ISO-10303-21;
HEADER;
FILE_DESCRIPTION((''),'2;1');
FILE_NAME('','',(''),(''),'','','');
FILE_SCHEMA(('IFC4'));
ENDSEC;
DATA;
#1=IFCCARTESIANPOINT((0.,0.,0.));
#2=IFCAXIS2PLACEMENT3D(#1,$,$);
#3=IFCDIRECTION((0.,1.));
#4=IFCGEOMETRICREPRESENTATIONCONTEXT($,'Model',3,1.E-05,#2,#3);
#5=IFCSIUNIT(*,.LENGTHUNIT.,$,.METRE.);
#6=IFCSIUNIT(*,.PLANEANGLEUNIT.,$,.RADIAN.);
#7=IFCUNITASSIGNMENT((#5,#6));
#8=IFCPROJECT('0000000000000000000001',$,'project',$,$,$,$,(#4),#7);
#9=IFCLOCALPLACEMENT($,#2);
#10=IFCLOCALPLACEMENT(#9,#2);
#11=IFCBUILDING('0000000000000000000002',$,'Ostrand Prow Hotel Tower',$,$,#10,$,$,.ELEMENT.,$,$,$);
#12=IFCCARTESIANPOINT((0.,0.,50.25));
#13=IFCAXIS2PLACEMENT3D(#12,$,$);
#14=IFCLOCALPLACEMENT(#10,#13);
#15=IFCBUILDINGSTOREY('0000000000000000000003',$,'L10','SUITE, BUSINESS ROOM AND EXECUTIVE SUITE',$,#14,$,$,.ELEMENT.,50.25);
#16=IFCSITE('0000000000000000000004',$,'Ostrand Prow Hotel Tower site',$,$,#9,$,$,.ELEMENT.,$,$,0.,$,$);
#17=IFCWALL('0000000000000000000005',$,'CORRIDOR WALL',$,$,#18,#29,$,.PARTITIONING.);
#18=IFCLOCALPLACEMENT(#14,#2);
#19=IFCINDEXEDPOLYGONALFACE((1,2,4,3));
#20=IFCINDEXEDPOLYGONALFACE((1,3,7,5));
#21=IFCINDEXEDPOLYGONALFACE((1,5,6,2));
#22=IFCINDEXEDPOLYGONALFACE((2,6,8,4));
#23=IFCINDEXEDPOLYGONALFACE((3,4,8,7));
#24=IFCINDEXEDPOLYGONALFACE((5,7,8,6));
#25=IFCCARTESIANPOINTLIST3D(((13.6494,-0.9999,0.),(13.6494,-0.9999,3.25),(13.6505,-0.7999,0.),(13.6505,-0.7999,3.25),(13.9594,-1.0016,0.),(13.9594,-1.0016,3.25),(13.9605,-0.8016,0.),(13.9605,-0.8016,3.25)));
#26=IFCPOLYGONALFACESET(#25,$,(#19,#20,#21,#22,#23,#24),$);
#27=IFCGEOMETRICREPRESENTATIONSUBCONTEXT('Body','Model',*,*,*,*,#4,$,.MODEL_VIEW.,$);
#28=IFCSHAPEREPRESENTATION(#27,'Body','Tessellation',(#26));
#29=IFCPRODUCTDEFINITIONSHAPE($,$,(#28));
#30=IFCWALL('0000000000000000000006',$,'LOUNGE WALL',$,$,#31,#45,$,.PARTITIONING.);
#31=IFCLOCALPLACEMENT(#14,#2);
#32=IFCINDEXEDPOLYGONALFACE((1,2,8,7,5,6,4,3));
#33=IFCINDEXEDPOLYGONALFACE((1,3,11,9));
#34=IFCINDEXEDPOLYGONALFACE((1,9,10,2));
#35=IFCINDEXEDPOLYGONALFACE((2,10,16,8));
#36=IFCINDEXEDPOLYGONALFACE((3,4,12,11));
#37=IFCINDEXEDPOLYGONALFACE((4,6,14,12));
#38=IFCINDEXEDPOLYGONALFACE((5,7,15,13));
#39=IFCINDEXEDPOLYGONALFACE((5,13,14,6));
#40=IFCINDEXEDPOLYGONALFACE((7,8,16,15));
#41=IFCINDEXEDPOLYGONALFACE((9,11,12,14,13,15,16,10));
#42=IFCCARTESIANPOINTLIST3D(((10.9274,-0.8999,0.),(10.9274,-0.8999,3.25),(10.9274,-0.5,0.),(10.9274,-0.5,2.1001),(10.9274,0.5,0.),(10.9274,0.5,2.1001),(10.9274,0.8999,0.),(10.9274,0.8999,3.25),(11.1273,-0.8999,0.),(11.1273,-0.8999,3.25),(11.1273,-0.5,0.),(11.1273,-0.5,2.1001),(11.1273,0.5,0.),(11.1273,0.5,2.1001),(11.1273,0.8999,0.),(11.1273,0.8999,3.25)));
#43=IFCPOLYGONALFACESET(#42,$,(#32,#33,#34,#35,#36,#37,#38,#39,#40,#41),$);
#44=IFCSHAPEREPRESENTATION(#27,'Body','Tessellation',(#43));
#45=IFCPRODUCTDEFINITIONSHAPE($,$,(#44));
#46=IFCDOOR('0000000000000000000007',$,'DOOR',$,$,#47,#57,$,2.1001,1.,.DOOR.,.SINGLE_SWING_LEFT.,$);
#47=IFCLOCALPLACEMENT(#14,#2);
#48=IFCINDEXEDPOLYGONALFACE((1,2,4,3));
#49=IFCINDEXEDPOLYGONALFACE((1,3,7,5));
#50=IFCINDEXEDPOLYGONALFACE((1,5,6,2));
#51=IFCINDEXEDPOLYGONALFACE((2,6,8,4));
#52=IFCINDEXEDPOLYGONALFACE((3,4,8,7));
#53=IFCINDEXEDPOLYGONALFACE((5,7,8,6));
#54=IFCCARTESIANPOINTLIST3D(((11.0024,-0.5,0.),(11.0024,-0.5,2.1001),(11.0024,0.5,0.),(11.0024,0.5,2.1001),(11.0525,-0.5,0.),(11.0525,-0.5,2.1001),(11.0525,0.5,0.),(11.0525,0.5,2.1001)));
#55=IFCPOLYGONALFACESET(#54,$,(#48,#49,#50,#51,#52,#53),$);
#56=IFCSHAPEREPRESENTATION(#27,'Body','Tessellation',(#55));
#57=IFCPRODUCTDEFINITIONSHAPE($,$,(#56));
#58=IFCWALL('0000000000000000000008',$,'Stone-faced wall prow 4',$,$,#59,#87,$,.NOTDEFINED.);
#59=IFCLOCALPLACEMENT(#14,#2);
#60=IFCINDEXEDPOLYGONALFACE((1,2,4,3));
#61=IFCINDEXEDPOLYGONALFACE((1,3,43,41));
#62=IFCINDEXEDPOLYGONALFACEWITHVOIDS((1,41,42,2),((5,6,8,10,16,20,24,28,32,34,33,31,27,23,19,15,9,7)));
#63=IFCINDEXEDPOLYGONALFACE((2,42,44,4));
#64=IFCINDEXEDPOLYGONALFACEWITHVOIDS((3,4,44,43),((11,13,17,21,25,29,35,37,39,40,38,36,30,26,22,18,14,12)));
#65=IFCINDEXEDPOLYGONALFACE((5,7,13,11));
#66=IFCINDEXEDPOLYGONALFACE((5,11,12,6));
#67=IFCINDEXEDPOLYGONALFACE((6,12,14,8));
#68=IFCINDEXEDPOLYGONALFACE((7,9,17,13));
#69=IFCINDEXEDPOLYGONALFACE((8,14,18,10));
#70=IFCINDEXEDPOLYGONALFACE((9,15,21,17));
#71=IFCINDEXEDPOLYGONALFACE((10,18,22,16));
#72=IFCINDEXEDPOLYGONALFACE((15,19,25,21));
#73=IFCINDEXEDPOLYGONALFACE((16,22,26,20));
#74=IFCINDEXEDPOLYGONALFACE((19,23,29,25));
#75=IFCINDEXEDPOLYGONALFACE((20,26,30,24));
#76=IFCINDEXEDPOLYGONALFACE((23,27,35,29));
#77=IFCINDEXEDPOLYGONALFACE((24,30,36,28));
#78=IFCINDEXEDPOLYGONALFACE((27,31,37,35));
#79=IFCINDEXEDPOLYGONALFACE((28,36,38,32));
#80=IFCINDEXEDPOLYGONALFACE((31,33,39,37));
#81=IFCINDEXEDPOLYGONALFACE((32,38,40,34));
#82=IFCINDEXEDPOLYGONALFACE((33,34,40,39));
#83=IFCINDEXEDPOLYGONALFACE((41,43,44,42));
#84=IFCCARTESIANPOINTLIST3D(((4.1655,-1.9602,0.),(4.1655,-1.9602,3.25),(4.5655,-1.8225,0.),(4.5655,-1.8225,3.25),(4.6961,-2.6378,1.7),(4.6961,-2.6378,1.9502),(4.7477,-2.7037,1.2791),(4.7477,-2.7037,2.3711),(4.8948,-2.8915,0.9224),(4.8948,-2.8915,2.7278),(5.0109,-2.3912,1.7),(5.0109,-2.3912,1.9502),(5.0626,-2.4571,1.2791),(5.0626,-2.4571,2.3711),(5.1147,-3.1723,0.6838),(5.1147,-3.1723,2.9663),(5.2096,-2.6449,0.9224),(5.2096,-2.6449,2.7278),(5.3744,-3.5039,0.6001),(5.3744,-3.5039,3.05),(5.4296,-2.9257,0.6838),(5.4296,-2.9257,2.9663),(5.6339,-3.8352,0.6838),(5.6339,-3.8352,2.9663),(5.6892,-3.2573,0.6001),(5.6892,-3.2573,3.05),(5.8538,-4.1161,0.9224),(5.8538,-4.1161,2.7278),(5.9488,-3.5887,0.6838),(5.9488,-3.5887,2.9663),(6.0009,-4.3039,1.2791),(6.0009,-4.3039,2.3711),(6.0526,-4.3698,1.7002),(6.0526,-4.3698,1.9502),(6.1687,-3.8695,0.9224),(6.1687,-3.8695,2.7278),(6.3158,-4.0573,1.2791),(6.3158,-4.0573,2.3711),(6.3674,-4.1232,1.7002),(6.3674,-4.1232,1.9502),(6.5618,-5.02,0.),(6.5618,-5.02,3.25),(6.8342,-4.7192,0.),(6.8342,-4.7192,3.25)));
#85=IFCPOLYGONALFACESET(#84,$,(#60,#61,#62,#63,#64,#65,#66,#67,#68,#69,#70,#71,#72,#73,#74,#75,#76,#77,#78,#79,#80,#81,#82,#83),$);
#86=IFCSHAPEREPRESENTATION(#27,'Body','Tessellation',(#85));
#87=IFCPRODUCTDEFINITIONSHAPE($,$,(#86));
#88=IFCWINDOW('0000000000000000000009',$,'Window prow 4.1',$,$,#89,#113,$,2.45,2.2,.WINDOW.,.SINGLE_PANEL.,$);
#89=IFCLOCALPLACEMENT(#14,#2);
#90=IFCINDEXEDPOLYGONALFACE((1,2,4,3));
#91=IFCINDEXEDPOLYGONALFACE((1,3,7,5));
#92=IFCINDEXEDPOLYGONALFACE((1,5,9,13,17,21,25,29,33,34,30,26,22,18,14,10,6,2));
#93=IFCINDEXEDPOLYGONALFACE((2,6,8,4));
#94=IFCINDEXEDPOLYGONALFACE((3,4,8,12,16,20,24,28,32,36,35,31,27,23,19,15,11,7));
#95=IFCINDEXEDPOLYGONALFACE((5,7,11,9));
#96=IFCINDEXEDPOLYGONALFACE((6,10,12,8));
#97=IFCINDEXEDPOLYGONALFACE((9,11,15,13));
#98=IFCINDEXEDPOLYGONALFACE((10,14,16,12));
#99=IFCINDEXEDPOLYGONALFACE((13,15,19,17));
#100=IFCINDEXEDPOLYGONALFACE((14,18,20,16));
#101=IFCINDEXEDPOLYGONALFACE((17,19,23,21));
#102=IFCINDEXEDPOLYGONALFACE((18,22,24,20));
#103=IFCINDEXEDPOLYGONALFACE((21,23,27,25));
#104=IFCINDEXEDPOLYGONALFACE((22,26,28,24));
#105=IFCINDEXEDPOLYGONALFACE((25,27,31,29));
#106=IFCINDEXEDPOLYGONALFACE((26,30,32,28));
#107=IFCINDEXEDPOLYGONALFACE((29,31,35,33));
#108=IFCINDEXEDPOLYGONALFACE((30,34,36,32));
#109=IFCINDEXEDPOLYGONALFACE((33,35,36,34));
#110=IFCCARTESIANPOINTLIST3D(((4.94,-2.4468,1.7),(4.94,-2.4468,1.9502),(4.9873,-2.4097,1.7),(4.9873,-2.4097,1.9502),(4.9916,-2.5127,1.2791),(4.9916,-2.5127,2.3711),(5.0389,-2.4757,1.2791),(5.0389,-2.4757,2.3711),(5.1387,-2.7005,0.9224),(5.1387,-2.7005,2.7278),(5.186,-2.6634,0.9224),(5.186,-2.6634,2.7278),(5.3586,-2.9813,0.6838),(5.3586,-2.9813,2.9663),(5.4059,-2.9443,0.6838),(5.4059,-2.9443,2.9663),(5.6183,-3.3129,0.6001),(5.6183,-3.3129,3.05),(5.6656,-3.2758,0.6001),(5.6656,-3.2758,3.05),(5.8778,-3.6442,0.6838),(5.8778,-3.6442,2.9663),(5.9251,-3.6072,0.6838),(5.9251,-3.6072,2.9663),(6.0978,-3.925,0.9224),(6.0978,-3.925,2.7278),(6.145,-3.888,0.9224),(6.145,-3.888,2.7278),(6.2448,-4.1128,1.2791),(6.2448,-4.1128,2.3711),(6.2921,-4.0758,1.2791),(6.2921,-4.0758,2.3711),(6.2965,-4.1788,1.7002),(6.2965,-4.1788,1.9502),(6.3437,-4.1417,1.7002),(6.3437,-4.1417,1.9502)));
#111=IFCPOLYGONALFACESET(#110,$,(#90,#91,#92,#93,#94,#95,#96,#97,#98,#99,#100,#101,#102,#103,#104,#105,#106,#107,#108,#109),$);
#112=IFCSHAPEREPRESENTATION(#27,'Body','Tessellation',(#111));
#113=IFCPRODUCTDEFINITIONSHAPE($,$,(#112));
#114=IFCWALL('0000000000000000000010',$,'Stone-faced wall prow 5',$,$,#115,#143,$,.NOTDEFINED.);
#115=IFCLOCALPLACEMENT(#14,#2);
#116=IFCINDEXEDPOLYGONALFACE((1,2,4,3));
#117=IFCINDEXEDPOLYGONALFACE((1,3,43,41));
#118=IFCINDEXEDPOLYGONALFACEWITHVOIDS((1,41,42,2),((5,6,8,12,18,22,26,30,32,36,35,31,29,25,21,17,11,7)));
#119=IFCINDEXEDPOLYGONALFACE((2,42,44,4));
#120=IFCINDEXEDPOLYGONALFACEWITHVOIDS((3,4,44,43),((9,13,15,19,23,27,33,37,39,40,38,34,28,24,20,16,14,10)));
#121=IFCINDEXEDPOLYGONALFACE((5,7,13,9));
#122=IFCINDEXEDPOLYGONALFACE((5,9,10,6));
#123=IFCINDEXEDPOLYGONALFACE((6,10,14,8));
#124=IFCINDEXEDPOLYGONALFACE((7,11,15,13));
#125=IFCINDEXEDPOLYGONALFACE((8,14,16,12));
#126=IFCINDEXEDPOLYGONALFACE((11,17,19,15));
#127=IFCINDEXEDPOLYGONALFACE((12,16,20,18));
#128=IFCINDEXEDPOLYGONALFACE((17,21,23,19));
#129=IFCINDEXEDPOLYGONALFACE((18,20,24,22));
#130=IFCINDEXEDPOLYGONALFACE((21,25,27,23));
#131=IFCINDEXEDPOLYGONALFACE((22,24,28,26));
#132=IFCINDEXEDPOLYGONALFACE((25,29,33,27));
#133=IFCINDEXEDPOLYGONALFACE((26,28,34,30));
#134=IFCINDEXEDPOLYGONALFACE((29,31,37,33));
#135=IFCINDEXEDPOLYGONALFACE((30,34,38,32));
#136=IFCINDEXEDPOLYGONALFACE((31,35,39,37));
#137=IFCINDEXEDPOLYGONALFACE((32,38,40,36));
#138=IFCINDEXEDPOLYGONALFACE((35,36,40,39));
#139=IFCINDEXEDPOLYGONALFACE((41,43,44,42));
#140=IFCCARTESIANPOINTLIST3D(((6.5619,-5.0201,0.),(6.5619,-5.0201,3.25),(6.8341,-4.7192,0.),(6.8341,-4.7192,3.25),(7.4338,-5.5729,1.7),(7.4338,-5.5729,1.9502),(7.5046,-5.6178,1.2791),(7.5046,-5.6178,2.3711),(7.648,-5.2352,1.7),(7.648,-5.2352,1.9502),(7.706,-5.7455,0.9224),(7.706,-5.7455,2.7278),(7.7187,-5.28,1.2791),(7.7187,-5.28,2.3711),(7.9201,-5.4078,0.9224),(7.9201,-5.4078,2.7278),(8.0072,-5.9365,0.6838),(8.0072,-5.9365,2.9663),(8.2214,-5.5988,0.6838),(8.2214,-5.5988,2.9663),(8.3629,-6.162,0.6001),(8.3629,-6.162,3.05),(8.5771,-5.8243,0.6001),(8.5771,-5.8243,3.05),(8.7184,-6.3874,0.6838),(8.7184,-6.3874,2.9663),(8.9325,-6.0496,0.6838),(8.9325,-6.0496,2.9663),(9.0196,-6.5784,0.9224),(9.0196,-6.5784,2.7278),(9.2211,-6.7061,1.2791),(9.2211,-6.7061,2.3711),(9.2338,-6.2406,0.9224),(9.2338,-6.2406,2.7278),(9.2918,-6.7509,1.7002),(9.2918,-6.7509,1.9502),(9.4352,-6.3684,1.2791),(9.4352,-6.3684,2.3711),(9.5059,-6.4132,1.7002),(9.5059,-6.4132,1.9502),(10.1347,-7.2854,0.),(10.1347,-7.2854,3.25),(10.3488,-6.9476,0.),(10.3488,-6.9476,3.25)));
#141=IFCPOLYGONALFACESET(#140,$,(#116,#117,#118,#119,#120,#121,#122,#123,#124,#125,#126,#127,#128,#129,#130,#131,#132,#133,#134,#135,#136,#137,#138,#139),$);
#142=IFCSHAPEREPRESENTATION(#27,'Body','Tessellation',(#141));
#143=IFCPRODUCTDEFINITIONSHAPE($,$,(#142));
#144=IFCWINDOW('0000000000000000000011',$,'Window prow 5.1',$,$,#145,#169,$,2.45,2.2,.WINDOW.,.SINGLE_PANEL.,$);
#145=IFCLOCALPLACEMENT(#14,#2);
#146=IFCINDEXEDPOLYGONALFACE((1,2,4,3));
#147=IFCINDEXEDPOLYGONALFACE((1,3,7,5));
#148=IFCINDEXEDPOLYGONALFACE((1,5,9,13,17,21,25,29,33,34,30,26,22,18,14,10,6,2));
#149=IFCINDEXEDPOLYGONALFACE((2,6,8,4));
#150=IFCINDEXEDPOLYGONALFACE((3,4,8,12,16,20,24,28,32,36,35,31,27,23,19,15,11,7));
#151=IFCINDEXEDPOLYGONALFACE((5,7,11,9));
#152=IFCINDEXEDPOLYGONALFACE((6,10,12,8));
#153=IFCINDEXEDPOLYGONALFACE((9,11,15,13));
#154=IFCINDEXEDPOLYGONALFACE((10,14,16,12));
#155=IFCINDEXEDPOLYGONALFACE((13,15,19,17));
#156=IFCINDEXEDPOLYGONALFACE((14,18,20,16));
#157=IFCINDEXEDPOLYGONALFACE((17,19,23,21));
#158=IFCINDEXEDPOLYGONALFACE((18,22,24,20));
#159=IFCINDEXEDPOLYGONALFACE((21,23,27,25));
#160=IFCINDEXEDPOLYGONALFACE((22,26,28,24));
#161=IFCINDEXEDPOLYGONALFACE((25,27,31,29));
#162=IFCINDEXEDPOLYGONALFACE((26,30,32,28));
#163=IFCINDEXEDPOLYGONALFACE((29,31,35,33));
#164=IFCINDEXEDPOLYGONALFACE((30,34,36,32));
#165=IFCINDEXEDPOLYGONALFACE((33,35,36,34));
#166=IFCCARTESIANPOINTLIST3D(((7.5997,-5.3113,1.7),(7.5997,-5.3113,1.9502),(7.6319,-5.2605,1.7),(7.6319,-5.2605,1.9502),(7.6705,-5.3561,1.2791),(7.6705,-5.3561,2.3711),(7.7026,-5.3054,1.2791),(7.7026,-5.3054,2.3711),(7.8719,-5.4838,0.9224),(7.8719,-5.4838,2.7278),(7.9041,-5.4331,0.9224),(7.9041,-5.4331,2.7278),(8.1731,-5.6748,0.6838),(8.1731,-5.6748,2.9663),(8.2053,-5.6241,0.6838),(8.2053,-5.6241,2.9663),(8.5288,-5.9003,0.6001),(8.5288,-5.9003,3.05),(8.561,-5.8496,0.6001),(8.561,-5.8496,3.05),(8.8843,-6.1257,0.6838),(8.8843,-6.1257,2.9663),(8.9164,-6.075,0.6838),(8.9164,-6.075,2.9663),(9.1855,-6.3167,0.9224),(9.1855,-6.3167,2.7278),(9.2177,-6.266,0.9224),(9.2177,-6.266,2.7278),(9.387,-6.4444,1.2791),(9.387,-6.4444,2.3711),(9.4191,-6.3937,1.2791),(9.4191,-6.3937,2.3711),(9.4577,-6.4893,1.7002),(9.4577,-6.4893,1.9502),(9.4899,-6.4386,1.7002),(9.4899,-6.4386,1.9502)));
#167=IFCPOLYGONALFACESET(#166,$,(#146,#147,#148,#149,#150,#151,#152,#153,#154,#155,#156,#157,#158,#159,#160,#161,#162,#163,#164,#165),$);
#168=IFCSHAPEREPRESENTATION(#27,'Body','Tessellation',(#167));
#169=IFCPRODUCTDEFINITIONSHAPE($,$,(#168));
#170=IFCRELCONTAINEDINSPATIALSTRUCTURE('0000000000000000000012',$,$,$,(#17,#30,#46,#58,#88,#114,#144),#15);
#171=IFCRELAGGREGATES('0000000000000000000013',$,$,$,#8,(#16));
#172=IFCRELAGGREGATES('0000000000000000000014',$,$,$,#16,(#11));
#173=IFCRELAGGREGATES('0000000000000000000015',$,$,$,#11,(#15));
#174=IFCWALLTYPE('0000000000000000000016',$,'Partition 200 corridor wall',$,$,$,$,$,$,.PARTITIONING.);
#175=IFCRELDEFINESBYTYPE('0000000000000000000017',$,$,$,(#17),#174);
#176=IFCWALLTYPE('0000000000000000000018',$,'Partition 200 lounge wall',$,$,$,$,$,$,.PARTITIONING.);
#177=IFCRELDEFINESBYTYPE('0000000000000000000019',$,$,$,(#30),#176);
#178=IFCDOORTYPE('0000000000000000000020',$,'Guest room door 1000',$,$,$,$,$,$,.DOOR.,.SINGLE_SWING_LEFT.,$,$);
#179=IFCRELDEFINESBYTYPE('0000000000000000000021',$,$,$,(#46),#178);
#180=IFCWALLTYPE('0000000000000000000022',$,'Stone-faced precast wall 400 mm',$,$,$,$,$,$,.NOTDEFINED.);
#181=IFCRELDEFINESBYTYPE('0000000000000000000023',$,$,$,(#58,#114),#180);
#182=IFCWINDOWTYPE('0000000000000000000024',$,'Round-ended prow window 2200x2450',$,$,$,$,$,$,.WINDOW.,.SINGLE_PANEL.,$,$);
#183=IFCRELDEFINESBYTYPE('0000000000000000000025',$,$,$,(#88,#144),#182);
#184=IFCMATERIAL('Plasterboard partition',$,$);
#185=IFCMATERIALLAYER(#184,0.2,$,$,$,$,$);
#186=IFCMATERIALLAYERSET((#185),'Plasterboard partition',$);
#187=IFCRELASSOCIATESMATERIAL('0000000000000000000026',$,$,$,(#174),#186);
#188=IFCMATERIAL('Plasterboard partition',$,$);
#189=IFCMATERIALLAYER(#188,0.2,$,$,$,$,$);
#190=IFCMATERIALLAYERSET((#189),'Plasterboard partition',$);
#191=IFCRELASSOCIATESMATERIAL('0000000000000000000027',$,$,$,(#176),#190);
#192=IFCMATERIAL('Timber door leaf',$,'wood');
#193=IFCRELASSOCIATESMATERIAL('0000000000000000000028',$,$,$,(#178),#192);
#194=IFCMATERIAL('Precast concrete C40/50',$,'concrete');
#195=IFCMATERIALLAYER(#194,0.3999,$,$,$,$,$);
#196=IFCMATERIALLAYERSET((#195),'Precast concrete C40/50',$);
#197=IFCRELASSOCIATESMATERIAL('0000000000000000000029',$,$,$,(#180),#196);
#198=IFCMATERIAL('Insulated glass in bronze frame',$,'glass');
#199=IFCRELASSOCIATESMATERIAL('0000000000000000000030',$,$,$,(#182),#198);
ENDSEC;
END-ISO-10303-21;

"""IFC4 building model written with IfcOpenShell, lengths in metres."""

from ifc_helpers import new_model, si_unit, direction, frame, frame_2d, origin, place, context, subcontext, project, spatial, polyline, rectangle, outline, extrude, material, layer, layer_set, type_object, element, fill, save


model = new_model("IFC4")

# Units and contexts
model_context = context("Model", 3, precision=1e-05, world=origin(), true_north=direction((0.0, 1.0)))
body_context = subcontext(model_context, "Body", "Model", "MODEL_VIEW")
ifc_project = project(units=[si_unit("LENGTHUNIT", "METRE"), si_unit("PLANEANGLEUNIT", "RADIAN")], contexts=[model_context])

# Site, building, storey
site_placement = place(None, origin())
site = spatial("IfcSite", under=ifc_project, at=site_placement, Name="Ostrand Prow Hotel Tower site", CompositionType="ELEMENT", RefElevation=0.0)
building_placement = place(site_placement, origin())
building = spatial("IfcBuilding", under=site, at=building_placement, Name="Ostrand Prow Hotel Tower", CompositionType="ELEMENT")
storey_placement = place(building_placement, frame((0.0, 0.0, 50.25)))
storey = spatial("IfcBuildingStorey", under=building, at=storey_placement, Name="L10", Description="SUITE, BUSINESS ROOM AND EXECUTIVE SUITE", CompositionType="ELEMENT", Elevation=50.25)

# Shared definitions
ifc_material_1 = material(Name="Plasterboard partition")
ifc_layer_1 = layer(ifc_material_1, 0.2)
ifc_layer_set_1 = layer_set([ifc_layer_1], Name="Plasterboard partition")
wall_type_1 = type_object("IfcWallType", Name="Partition 200 corridor wall", PredefinedType="PARTITIONING", material=ifc_layer_set_1)

# Wall
wall_1_placement = place(storey_placement, frame((13.6499, -0.8999, 0.0), z_axis=(0.0, 0.0, 1.0), x_axis=(0.999985, -0.005512, 0.0)))
element("IfcWall", 1, at=wall_1_placement, inside=storey, type_object=wall_type_1, Name="CORRIDOR WALL", PredefinedType="PARTITIONING", context=body_context, shape_type="SweptSolid", body=[
    extrude(rectangle(XDim=0.3101, YDim=0.2, at=frame_2d((0.155, 0.0))), origin(), (0.0, 0.0, 1.0), 3.25),
])

# Wall, opening, door
ifc_material_2 = material(Name="Plasterboard partition")
ifc_layer_2 = layer(ifc_material_2, 0.2)
ifc_layer_set_2 = layer_set([ifc_layer_2], Name="Plasterboard partition")
wall_type_2 = type_object("IfcWallType", Name="Partition 200 lounge wall", PredefinedType="PARTITIONING", material=ifc_layer_set_2)
wall_2_placement = place(storey_placement, frame((11.0273, -0.8999, 0.0), z_axis=(0.0, 0.0, 1.0), x_axis=(0.0, 1.0, 0.0)))
wall_2 = element("IfcWall", 2, at=wall_2_placement, inside=storey, type_object=wall_type_2, Name="LOUNGE WALL", PredefinedType="PARTITIONING", context=body_context, shape_type="SweptSolid", body=[
    extrude(rectangle(XDim=1.7998, YDim=0.2, at=frame_2d((0.8999, 0.0))), origin(), (0.0, 0.0, 1.0), 3.25),
])
opening_1_placement = place(wall_2_placement, frame((0.3999, 0.0, 0.0)))
opening_1 = element("IfcOpeningElement", 3, at=opening_1_placement, cuts=wall_2, PredefinedType="OPENING", context=body_context, shape_type="SweptSolid", body=[
    extrude(rectangle(XDim=1.0, YDim=2.1001, at=frame_2d((0.5, 1.05))), frame((0.0, 0.1099, 0.0), z_axis=(0.0, -1.0, 0.0), x_axis=(1.0, 0.0, 0.0)), (0.0, 0.0, 1.0), 0.22),
])
ifc_material_3 = material(Name="Timber door leaf", Category="wood")
door_type_1 = type_object("IfcDoorType", Name="Guest room door 1000", OperationType="SINGLE_SWING_LEFT", PredefinedType="DOOR", material=ifc_material_3)
door_1_placement = place(opening_1_placement, origin())
door_1 = element("IfcDoor", 4, at=door_1_placement, inside=storey, type_object=door_type_1, Name="DOOR", OperationType="SINGLE_SWING_LEFT", OverallHeight=2.1001, OverallWidth=1.0, PredefinedType="DOOR", context=body_context, shape_type="SweptSolid", body=[
    extrude(rectangle(XDim=1.0, YDim=2.1001, at=frame_2d((0.5, 1.05))), frame((0.0, 0.0249, 0.0), z_axis=(0.0, -1.0, 0.0), x_axis=(1.0, 0.0, 0.0)), (0.0, 0.0, 1.0), 0.05),
])
fill(opening_1, door_1)

# Walls, openings, windows
ifc_material_4 = material(Name="Precast concrete C40/50", Category="concrete")
ifc_layer_3 = layer(ifc_material_4, 0.3999)
ifc_layer_set_3 = layer_set([ifc_layer_3], Name="Precast concrete C40/50")
wall_type_3 = type_object("IfcWallType", Name="Stone-faced precast wall 400 mm", PredefinedType="NOTDEFINED", material=ifc_layer_set_3)
wall_3_placement = place(storey_placement, frame((4.3655, -1.8914, 0.0), z_axis=(0.0, 0.0, 1.0), x_axis=(0.616587, -0.787287, 0.0)))
wall_3 = element("IfcWall", 5, at=wall_3_placement, inside=storey, type_object=wall_type_3, Name="Stone-faced wall prow 4", PredefinedType="NOTDEFINED", context=body_context, shape_type="SweptSolid", body=[
    extrude(outline(polyline([(-0.0691, -0.2), (3.8174, -0.2), (3.7485, 0.2), (0.0691, 0.2), (-0.0691, -0.2)])), origin(), (0.0, 0.0, 1.0), 3.25),
])
opening_2_placement = place(wall_3_placement, frame((0.7915, 0.0, 0.6001)))
opening_2 = element("IfcOpeningElement", 6, at=opening_2_placement, cuts=wall_3, PredefinedType="OPENING", context=body_context, shape_type="SweptSolid", body=[
    extrude(outline(polyline([(0.0, 1.3501), (0.0837, 1.771), (0.3223, 2.1277), (0.679, 2.3662), (1.1001, 2.45), (1.521, 2.3662), (1.8777, 2.1277), (2.1162, 1.771), (2.2, 1.3501), (2.2, 1.1001), (2.1162, 0.679), (1.8777, 0.3223), (1.521, 0.0837), (1.1001, 0.0), (0.679, 0.0837), (0.3223, 0.3223), (0.0837, 0.679), (0.0, 1.0999), (0.0, 1.3501)])), frame((0.0, 0.21, 0.0), z_axis=(0.0, -1.0, 0.0), x_axis=(1.0, 0.0, 0.0)), (0.0, 0.0, 1.0), 0.4199),
])
ifc_material_5 = material(Name="Insulated glass in bronze frame", Category="glass")
window_type = type_object("IfcWindowType", Name="Round-ended prow window 2200x2450", PartitioningType="SINGLE_PANEL", PredefinedType="WINDOW", material=ifc_material_5)
window_1_placement = place(opening_2_placement, origin())
window_1 = element("IfcWindow", 7, at=window_1_placement, inside=storey, type_object=window_type, Name="Window prow 4.1", OverallHeight=2.45, OverallWidth=2.2, PartitioningType="SINGLE_PANEL", PredefinedType="WINDOW", context=body_context, shape_type="SweptSolid", body=[
    extrude(outline(polyline([(0.0, 1.3501), (0.0837, 1.771), (0.3223, 2.1277), (0.679, 2.3662), (1.1001, 2.45), (1.521, 2.3662), (1.8777, 2.1277), (2.1162, 1.771), (2.2, 1.3501), (2.2, 1.1001), (2.1162, 0.679), (1.8777, 0.3223), (1.521, 0.0837), (1.1001, 0.0), (0.679, 0.0837), (0.3223, 0.3223), (0.0837, 0.679), (0.0, 1.0999), (0.0, 1.3501)])), frame((0.0, 0.1699, 0.0), z_axis=(0.0, -1.0, 0.0), x_axis=(1.0, 0.0, 0.0)), (0.0, 0.0, 1.0), 0.0601),
])
fill(opening_2, window_1)
wall_4_placement = place(storey_placement, frame((6.698, -4.8696, 0.0), z_axis=(0.0, 0.0, 1.0), x_axis=(0.844552, -0.535474, 0.0)))
wall_4 = element("IfcWall", 8, at=wall_4_placement, inside=storey, type_object=wall_type_3, Name="Stone-faced wall prow 5", PredefinedType="NOTDEFINED", context=body_context, shape_type="SweptSolid", body=[
    extrude(outline(polyline([(-0.0344, -0.2), (4.196, -0.2), (4.196, 0.2), (0.0344, 0.2), (-0.0344, -0.2)])), origin(), (0.0, 0.0, 1.0), 3.25),
])
opening_3_placement = place(wall_4_placement, frame((0.998, 0.0, 0.6001)))
opening_3 = element("IfcOpeningElement", 9, at=opening_3_placement, cuts=wall_4, PredefinedType="OPENING", context=body_context, shape_type="SweptSolid", body=[
    extrude(outline(polyline([(0.0, 1.3501), (0.0837, 1.771), (0.3223, 2.1277), (0.679, 2.3662), (1.1001, 2.45), (1.521, 2.3662), (1.8777, 2.1277), (2.1162, 1.771), (2.2, 1.3501), (2.2, 1.1001), (2.1162, 0.679), (1.8777, 0.3223), (1.521, 0.0837), (1.1001, 0.0), (0.679, 0.0837), (0.3223, 0.3223), (0.0837, 0.679), (0.0, 1.0999), (0.0, 1.3501)])), frame((0.0, 0.21, 0.0), z_axis=(0.0, -1.0, 0.0), x_axis=(1.0, 0.0, 0.0)), (0.0, 0.0, 1.0), 0.4199),
])
window_2_placement = place(opening_3_placement, origin())
window_2 = element("IfcWindow", 10, at=window_2_placement, inside=storey, type_object=window_type, Name="Window prow 5.1", OverallHeight=2.45, OverallWidth=2.2, PartitioningType="SINGLE_PANEL", PredefinedType="WINDOW", context=body_context, shape_type="SweptSolid", body=[
    extrude(outline(polyline([(0.0, 1.3501), (0.0837, 1.771), (0.3223, 2.1277), (0.679, 2.3662), (1.1001, 2.45), (1.521, 2.3662), (1.8777, 2.1277), (2.1162, 1.771), (2.2, 1.3501), (2.2, 1.1001), (2.1162, 0.679), (1.8777, 0.3223), (1.521, 0.0837), (1.1001, 0.0), (0.679, 0.0837), (0.3223, 0.3223), (0.0837, 0.679), (0.0, 1.0999), (0.0, 1.3501)])), frame((0.0, 0.1699, 0.0), z_axis=(0.0, -1.0, 0.0), x_axis=(1.0, 0.0, 0.0)), (0.0, 0.0, 1.0), 0.0601),
])
fill(opening_3, window_2)

save(model, "model.ifc")
